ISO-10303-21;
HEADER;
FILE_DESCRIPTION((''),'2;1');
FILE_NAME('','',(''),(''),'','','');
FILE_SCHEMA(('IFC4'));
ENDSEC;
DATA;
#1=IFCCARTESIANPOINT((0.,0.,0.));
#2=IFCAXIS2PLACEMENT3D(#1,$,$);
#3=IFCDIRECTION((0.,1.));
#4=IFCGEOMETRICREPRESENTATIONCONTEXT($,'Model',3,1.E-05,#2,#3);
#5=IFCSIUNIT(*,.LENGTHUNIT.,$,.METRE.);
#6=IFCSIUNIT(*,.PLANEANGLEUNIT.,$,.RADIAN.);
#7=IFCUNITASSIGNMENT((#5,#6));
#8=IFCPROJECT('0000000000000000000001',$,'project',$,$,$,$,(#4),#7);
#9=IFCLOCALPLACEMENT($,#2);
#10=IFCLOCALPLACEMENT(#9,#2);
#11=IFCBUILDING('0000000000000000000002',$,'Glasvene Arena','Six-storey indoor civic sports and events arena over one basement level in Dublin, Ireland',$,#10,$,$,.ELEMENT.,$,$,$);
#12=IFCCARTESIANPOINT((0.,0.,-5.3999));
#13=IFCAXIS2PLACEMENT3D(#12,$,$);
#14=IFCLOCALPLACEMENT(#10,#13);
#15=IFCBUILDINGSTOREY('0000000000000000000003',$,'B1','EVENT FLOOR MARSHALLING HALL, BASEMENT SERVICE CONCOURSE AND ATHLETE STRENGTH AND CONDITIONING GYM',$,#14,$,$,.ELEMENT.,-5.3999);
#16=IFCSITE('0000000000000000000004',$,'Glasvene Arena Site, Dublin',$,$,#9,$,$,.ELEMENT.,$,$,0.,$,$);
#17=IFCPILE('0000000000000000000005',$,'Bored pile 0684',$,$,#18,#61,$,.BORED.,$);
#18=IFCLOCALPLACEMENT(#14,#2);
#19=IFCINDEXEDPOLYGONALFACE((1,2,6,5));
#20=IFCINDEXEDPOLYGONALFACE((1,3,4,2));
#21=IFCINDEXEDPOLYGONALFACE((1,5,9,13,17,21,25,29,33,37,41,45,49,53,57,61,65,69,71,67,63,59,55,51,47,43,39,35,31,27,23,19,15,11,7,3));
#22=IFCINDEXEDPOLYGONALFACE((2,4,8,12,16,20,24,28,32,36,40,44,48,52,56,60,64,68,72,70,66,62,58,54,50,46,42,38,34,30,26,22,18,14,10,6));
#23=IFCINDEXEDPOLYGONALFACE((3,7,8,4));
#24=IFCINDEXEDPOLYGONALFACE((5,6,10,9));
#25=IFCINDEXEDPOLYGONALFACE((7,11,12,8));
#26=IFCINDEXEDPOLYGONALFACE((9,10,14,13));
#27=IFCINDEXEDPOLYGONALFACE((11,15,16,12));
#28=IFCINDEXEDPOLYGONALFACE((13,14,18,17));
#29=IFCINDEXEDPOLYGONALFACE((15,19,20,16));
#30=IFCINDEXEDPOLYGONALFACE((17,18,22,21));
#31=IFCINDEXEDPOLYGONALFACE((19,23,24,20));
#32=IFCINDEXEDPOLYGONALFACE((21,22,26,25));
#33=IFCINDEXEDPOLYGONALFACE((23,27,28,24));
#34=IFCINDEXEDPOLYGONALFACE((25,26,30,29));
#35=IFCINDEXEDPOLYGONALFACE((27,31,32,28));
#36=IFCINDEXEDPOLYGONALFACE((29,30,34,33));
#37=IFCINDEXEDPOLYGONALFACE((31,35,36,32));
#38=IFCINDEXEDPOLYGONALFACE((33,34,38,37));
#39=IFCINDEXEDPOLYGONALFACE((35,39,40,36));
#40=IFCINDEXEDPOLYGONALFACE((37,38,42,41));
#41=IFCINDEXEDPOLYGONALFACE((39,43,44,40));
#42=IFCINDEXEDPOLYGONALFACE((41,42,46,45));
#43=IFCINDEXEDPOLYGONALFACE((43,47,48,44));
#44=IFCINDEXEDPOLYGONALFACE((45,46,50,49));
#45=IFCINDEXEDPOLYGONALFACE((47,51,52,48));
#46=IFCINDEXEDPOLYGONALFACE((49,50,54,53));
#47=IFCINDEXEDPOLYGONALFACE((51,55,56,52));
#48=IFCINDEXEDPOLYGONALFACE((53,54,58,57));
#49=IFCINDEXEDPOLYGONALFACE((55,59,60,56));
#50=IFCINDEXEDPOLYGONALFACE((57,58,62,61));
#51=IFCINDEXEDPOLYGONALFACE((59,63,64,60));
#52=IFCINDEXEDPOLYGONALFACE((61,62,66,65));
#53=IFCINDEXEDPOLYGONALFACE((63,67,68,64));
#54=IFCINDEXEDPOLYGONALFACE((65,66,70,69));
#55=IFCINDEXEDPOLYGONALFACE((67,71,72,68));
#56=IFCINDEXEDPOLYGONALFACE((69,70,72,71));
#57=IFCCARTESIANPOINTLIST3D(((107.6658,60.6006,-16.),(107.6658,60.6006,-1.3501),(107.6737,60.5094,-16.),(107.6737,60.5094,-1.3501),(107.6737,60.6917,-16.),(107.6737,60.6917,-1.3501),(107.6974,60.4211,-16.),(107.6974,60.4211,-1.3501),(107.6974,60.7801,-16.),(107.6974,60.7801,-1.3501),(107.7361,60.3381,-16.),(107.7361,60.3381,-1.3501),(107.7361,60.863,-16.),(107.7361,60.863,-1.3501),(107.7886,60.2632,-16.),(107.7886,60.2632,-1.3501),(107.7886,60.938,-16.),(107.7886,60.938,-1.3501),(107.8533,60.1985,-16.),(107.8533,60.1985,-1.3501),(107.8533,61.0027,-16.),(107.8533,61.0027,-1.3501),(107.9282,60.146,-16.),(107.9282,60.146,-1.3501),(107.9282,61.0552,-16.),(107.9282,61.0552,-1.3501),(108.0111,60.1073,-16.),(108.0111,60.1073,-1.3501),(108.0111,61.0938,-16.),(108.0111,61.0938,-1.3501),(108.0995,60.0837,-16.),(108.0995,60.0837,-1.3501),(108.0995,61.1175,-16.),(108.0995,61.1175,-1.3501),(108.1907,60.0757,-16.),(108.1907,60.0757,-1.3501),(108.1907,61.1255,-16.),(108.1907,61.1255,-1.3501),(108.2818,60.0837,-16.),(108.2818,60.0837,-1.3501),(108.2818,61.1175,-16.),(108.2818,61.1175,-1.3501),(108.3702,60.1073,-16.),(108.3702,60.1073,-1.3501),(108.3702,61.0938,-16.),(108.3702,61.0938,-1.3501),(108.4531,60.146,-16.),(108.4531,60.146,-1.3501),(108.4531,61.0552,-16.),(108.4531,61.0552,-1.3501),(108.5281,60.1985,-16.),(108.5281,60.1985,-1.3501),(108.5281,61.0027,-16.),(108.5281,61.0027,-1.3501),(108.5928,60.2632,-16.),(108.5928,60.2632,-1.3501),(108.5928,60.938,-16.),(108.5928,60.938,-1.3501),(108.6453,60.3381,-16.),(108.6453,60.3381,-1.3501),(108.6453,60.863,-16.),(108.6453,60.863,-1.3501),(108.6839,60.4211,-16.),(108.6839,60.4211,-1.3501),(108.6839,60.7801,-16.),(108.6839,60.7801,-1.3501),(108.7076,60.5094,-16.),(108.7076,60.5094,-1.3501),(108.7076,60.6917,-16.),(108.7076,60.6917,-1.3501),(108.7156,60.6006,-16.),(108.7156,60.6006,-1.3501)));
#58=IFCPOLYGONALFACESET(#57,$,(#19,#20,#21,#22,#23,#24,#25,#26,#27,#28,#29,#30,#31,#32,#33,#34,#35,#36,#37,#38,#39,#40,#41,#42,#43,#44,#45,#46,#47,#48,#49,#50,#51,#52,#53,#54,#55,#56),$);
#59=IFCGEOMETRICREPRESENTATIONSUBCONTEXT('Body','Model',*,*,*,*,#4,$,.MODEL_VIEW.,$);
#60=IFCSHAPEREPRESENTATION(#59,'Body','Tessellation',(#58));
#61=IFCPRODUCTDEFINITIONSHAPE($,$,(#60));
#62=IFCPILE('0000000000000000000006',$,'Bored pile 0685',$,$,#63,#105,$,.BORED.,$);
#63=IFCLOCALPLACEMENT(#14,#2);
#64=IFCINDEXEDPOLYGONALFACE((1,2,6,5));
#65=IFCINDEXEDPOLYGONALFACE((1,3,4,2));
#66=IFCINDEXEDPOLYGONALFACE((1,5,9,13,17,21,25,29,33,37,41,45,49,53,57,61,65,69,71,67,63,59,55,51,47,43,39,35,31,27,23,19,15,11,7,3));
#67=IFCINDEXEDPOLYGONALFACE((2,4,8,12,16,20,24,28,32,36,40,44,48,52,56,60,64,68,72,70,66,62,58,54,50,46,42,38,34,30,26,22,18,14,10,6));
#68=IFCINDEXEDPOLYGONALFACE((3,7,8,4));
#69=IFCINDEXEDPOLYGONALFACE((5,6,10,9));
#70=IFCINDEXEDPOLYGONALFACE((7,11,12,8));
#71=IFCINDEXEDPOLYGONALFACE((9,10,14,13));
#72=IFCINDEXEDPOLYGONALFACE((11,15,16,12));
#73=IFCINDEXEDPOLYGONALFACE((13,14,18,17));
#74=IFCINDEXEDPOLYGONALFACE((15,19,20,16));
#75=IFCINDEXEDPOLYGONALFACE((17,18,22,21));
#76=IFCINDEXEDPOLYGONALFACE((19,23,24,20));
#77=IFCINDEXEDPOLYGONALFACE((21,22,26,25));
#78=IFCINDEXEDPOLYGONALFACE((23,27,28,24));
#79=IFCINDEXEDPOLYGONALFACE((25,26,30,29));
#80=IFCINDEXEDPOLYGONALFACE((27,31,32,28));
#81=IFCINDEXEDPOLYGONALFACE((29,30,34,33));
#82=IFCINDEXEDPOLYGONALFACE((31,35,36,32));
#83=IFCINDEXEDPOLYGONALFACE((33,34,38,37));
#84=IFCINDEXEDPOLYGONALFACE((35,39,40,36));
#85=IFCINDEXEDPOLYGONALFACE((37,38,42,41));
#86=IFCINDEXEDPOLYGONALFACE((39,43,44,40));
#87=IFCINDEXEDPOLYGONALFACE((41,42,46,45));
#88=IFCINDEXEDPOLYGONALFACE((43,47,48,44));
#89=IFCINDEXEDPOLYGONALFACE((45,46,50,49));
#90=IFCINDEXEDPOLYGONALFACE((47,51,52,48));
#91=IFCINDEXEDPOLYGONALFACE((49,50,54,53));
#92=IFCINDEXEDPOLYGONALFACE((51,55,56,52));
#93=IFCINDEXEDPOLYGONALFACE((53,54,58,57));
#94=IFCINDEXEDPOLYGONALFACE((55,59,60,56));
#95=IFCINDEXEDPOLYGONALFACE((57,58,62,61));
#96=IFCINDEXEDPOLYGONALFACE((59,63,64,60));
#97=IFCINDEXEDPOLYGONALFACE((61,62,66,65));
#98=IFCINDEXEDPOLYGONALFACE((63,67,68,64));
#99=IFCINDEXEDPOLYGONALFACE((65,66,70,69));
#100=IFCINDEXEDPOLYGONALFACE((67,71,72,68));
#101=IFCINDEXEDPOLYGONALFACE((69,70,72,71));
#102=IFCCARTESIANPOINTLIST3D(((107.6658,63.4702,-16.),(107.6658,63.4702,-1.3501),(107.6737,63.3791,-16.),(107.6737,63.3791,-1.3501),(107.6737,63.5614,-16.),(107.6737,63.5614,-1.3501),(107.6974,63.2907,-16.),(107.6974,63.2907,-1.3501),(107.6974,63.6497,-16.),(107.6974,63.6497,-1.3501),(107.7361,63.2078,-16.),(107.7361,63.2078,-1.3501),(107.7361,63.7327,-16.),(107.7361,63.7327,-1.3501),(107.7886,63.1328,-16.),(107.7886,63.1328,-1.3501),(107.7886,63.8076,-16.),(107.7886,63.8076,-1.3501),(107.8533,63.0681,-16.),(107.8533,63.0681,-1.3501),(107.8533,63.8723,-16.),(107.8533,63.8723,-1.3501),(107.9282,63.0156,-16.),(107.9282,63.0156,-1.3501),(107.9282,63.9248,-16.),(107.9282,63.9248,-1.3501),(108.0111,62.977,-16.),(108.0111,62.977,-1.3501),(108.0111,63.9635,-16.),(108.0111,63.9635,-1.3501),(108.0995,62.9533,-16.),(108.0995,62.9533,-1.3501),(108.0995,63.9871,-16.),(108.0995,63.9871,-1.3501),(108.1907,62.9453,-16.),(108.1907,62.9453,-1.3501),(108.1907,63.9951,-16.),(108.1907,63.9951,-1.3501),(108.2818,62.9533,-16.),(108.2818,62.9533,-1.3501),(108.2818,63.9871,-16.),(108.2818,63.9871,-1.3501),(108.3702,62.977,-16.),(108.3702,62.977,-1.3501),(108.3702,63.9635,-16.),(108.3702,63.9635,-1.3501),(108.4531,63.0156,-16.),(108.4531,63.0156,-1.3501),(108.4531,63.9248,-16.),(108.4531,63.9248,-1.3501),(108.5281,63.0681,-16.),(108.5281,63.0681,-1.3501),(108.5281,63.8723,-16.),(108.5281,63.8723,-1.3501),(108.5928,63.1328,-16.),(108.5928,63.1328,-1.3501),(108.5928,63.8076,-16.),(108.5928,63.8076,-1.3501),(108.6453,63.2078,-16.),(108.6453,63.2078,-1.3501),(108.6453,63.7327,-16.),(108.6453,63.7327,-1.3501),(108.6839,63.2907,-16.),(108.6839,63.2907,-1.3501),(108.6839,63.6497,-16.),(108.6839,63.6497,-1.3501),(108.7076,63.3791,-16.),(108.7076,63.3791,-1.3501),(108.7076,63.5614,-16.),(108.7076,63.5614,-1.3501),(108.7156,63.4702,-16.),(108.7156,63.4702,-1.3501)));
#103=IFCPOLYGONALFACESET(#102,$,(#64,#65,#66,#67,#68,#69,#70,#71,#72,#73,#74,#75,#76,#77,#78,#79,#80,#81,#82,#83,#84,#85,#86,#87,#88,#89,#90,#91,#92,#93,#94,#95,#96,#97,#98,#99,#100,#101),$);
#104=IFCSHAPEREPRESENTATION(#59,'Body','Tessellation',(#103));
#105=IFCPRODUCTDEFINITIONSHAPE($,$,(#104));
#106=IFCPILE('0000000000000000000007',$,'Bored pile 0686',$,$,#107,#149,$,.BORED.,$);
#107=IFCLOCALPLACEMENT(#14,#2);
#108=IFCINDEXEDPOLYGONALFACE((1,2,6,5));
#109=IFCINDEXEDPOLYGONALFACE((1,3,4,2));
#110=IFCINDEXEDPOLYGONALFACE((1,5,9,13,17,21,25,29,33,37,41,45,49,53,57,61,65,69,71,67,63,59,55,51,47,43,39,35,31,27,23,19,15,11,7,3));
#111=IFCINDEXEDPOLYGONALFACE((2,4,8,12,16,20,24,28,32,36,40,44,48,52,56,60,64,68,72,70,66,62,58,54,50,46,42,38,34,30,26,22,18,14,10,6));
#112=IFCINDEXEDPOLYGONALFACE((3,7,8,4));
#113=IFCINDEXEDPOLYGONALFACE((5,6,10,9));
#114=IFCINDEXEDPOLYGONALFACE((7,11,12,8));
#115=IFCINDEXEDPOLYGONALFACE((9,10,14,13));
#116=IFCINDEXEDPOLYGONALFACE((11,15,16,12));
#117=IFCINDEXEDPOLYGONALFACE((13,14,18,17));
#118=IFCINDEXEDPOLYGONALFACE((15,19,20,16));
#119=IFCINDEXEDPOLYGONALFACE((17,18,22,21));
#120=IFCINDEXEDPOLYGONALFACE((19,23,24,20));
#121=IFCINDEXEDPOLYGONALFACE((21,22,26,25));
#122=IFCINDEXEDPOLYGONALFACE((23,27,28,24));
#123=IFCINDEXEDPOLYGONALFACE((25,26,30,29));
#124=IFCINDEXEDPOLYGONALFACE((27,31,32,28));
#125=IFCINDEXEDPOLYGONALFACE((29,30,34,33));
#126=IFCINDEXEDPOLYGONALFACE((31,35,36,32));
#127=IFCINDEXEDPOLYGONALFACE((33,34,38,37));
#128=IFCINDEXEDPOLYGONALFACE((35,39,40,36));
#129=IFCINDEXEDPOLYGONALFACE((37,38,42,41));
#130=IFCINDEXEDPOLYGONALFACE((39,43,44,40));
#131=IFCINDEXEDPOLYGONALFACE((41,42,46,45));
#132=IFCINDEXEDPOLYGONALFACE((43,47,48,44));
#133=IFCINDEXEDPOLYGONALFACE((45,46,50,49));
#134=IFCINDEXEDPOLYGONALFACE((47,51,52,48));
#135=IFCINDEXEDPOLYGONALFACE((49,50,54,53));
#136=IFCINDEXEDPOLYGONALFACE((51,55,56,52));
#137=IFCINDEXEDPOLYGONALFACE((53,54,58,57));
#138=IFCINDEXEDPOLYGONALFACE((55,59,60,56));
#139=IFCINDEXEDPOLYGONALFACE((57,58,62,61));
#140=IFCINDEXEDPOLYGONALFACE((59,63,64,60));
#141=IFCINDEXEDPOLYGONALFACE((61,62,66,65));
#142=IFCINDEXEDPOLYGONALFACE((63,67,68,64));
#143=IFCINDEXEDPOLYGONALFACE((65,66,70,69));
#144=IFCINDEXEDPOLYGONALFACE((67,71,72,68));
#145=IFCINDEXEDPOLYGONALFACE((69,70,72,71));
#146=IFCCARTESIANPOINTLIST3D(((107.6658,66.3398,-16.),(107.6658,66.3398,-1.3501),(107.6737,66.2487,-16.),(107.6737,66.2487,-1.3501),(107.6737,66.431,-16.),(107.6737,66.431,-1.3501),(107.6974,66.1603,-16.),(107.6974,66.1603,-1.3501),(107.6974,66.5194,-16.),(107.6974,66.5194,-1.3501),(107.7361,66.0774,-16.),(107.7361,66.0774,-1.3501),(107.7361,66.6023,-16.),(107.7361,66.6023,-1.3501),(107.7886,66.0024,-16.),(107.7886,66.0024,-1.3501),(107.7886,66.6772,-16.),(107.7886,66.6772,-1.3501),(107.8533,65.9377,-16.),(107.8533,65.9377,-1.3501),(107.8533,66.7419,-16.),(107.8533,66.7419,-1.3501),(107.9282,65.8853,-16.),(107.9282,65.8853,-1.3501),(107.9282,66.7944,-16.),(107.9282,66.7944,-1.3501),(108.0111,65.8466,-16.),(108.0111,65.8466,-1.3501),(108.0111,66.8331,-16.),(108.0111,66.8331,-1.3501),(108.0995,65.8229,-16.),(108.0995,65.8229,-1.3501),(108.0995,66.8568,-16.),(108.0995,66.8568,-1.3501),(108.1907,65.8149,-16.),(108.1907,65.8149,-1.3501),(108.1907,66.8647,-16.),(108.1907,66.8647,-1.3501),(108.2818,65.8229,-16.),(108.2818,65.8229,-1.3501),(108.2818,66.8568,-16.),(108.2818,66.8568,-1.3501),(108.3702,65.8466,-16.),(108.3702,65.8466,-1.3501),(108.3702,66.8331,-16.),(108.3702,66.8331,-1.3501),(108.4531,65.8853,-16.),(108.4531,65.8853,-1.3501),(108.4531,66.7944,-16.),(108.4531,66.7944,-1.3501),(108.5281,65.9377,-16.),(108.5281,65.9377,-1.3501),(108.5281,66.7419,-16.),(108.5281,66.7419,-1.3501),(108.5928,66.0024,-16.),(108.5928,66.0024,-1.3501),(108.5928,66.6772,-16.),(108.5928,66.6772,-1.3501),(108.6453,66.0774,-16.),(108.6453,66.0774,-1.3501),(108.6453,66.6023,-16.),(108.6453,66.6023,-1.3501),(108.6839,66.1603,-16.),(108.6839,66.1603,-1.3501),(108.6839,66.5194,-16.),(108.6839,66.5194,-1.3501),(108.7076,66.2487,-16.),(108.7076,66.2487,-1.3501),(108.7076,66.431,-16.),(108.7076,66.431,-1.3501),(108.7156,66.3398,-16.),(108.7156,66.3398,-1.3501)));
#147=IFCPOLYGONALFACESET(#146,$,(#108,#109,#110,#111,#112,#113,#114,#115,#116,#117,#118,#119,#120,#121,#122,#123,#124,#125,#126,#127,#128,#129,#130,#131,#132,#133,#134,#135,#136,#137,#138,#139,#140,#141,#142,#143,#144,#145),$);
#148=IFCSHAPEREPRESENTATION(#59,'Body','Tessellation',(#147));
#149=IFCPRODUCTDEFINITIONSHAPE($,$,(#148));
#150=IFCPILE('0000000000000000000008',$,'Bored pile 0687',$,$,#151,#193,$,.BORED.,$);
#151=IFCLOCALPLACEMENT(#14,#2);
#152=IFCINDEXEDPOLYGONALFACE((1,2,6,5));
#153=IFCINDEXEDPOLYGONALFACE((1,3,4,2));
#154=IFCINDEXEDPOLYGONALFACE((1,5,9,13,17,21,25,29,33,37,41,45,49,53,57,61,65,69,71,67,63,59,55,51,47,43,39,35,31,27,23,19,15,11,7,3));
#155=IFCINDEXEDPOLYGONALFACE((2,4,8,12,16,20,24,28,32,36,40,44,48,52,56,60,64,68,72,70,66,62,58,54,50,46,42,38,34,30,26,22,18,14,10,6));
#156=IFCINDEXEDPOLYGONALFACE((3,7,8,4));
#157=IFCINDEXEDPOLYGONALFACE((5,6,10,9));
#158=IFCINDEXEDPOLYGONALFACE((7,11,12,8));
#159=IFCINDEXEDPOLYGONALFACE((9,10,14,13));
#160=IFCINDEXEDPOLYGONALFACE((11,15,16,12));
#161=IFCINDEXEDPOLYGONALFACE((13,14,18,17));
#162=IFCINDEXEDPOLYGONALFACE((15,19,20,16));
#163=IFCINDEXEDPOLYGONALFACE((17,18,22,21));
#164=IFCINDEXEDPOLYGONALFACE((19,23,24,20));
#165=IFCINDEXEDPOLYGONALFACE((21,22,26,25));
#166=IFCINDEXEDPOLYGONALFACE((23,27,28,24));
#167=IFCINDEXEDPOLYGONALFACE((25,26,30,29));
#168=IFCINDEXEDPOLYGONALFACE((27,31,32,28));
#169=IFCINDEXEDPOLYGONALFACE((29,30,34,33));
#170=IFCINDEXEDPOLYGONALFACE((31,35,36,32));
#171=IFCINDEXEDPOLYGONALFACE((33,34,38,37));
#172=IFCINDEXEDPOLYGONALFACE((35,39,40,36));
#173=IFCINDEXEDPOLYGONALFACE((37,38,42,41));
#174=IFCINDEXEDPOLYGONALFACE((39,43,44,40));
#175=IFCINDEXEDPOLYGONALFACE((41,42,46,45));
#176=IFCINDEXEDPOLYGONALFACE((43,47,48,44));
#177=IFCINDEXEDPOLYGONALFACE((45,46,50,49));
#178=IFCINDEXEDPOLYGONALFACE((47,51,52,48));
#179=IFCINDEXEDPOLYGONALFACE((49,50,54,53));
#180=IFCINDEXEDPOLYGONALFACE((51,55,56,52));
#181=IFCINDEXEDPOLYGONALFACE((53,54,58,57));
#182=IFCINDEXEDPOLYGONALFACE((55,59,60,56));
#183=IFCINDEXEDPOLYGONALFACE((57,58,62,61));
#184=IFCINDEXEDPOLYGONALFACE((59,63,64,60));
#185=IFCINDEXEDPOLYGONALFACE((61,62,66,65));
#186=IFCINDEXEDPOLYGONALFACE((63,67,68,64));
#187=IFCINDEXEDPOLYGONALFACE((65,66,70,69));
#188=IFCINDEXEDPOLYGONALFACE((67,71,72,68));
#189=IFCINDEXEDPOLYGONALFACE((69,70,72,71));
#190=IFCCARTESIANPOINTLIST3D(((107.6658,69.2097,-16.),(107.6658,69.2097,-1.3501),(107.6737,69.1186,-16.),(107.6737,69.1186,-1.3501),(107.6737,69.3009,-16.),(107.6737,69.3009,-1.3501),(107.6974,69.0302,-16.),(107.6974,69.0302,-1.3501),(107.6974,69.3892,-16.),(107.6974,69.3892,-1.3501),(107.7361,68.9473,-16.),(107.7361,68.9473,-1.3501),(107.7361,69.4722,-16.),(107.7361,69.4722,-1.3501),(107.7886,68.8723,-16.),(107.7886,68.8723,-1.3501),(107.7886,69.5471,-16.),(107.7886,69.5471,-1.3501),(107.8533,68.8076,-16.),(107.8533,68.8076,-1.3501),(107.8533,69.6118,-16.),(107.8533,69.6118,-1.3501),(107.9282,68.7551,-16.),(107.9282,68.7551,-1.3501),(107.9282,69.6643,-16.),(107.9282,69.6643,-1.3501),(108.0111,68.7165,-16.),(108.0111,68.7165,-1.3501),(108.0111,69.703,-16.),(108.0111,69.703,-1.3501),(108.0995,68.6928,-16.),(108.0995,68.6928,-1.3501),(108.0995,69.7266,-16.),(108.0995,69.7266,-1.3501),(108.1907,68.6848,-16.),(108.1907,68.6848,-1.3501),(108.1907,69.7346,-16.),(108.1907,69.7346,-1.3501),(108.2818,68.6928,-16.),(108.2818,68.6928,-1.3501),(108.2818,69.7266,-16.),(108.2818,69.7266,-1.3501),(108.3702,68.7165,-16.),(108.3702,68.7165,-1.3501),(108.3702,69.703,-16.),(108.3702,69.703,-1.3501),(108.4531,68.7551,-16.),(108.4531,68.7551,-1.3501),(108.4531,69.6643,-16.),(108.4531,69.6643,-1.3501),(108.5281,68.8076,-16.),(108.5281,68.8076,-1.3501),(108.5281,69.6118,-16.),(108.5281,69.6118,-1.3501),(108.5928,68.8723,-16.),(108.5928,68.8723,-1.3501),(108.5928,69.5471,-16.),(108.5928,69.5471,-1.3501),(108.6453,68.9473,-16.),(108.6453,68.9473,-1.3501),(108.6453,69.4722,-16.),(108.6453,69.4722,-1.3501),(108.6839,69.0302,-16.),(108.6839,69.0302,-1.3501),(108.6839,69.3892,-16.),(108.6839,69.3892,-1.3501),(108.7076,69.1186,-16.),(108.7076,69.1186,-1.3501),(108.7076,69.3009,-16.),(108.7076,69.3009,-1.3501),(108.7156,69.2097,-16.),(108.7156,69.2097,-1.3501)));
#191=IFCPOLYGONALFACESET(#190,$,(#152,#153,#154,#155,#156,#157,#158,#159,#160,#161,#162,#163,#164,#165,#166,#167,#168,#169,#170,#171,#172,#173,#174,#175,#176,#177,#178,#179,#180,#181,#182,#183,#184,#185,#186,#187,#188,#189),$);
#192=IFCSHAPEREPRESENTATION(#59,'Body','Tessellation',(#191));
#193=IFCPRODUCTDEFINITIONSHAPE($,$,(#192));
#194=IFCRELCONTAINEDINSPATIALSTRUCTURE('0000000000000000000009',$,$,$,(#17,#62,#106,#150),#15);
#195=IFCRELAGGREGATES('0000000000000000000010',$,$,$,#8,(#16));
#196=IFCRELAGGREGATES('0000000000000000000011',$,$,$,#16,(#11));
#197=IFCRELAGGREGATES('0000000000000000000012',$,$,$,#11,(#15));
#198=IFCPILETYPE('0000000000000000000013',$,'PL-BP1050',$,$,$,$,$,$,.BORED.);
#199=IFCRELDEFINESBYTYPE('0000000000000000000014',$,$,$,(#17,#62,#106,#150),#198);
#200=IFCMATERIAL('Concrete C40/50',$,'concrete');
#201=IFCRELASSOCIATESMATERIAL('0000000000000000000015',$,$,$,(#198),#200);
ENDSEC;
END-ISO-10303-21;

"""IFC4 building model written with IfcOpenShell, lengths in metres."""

from ifc_helpers import new_model, si_unit, direction, frame, origin, origin_2d, place, context, subcontext, project, spatial, circle, extrude, material, material_profile, profile_set, type_object, element, save


model = new_model("IFC4")

# Units and contexts
model_context = context("Model", 3, precision=1e-05, world=origin(), true_north=direction((0.0, 1.0)))
body_context = subcontext(model_context, "Body", "Model", "MODEL_VIEW")
ifc_project = project(units=[si_unit("LENGTHUNIT", "METRE"), si_unit("PLANEANGLEUNIT", "RADIAN")], contexts=[model_context])

# Site, building, storey
site_placement = place(None, origin())
site = spatial("IfcSite", under=ifc_project, at=site_placement, Name="Glasvene Arena Site, Dublin", CompositionType="ELEMENT", RefElevation=0.0)
building_placement = place(site_placement, origin())
building = spatial("IfcBuilding", under=site, at=building_placement, Name="Glasvene Arena", Description="Six-storey indoor civic sports and events arena over one basement level in Dublin, Ireland", CompositionType="ELEMENT")
storey_placement = place(building_placement, frame((0.0, 0.0, -5.3999)))
storey = spatial("IfcBuildingStorey", under=building, at=storey_placement, Name="B1", Description="EVENT FLOOR MARSHALLING HALL, BASEMENT SERVICE CONCOURSE AND ATHLETE STRENGTH AND CONDITIONING GYM", CompositionType="ELEMENT", Elevation=-5.3999)

# Piles
ifc_material = material(Name="Concrete C40/50", Category="concrete")
ifc_material_profile_1 = material_profile(ifc_material, circle(Radius=0.5249, at=origin_2d()), Name="BORED PILE 1050")
ifc_profile_set_1 = profile_set([ifc_material_profile_1], Name="Concrete C40/50")
pile_type = type_object("IfcPileType", Name="PL-BP1050", PredefinedType="BORED", material=ifc_profile_set_1)
for number, where, z_axis, x_axis, name in (
    (1, (108.1907, 60.6006, -1.3501), (0.0, 0.0, -1.0), (1.0, 0.0, 0.0), "Bored pile 0684"),
    (2, (108.1907, 63.4702, -1.3501), (0.0, 0.0, -1.0), (1.0, 0.0, 0.0), "Bored pile 0685"),
    (3, (108.1907, 66.3398, -1.3501), (0.0, 0.0, -1.0), (1.0, 0.0, 0.0), "Bored pile 0686"),
    (4, (108.1907, 69.2097, -1.3501), (0.0, 0.0, -1.0), (1.0, 0.0, 0.0), "Bored pile 0687"),
):
    element("IfcPile", number, at=place(storey_placement, frame(where, z_axis=z_axis, x_axis=x_axis)), inside=storey, type_object=pile_type, Name=name, PredefinedType="BORED", context=body_context, shape_type="SweptSolid", body=[
        extrude(circle(Radius=0.5249, at=origin_2d()), origin(), (0.0, 0.0, 1.0), 14.6499),
    ])

save(model, "model.ifc")
